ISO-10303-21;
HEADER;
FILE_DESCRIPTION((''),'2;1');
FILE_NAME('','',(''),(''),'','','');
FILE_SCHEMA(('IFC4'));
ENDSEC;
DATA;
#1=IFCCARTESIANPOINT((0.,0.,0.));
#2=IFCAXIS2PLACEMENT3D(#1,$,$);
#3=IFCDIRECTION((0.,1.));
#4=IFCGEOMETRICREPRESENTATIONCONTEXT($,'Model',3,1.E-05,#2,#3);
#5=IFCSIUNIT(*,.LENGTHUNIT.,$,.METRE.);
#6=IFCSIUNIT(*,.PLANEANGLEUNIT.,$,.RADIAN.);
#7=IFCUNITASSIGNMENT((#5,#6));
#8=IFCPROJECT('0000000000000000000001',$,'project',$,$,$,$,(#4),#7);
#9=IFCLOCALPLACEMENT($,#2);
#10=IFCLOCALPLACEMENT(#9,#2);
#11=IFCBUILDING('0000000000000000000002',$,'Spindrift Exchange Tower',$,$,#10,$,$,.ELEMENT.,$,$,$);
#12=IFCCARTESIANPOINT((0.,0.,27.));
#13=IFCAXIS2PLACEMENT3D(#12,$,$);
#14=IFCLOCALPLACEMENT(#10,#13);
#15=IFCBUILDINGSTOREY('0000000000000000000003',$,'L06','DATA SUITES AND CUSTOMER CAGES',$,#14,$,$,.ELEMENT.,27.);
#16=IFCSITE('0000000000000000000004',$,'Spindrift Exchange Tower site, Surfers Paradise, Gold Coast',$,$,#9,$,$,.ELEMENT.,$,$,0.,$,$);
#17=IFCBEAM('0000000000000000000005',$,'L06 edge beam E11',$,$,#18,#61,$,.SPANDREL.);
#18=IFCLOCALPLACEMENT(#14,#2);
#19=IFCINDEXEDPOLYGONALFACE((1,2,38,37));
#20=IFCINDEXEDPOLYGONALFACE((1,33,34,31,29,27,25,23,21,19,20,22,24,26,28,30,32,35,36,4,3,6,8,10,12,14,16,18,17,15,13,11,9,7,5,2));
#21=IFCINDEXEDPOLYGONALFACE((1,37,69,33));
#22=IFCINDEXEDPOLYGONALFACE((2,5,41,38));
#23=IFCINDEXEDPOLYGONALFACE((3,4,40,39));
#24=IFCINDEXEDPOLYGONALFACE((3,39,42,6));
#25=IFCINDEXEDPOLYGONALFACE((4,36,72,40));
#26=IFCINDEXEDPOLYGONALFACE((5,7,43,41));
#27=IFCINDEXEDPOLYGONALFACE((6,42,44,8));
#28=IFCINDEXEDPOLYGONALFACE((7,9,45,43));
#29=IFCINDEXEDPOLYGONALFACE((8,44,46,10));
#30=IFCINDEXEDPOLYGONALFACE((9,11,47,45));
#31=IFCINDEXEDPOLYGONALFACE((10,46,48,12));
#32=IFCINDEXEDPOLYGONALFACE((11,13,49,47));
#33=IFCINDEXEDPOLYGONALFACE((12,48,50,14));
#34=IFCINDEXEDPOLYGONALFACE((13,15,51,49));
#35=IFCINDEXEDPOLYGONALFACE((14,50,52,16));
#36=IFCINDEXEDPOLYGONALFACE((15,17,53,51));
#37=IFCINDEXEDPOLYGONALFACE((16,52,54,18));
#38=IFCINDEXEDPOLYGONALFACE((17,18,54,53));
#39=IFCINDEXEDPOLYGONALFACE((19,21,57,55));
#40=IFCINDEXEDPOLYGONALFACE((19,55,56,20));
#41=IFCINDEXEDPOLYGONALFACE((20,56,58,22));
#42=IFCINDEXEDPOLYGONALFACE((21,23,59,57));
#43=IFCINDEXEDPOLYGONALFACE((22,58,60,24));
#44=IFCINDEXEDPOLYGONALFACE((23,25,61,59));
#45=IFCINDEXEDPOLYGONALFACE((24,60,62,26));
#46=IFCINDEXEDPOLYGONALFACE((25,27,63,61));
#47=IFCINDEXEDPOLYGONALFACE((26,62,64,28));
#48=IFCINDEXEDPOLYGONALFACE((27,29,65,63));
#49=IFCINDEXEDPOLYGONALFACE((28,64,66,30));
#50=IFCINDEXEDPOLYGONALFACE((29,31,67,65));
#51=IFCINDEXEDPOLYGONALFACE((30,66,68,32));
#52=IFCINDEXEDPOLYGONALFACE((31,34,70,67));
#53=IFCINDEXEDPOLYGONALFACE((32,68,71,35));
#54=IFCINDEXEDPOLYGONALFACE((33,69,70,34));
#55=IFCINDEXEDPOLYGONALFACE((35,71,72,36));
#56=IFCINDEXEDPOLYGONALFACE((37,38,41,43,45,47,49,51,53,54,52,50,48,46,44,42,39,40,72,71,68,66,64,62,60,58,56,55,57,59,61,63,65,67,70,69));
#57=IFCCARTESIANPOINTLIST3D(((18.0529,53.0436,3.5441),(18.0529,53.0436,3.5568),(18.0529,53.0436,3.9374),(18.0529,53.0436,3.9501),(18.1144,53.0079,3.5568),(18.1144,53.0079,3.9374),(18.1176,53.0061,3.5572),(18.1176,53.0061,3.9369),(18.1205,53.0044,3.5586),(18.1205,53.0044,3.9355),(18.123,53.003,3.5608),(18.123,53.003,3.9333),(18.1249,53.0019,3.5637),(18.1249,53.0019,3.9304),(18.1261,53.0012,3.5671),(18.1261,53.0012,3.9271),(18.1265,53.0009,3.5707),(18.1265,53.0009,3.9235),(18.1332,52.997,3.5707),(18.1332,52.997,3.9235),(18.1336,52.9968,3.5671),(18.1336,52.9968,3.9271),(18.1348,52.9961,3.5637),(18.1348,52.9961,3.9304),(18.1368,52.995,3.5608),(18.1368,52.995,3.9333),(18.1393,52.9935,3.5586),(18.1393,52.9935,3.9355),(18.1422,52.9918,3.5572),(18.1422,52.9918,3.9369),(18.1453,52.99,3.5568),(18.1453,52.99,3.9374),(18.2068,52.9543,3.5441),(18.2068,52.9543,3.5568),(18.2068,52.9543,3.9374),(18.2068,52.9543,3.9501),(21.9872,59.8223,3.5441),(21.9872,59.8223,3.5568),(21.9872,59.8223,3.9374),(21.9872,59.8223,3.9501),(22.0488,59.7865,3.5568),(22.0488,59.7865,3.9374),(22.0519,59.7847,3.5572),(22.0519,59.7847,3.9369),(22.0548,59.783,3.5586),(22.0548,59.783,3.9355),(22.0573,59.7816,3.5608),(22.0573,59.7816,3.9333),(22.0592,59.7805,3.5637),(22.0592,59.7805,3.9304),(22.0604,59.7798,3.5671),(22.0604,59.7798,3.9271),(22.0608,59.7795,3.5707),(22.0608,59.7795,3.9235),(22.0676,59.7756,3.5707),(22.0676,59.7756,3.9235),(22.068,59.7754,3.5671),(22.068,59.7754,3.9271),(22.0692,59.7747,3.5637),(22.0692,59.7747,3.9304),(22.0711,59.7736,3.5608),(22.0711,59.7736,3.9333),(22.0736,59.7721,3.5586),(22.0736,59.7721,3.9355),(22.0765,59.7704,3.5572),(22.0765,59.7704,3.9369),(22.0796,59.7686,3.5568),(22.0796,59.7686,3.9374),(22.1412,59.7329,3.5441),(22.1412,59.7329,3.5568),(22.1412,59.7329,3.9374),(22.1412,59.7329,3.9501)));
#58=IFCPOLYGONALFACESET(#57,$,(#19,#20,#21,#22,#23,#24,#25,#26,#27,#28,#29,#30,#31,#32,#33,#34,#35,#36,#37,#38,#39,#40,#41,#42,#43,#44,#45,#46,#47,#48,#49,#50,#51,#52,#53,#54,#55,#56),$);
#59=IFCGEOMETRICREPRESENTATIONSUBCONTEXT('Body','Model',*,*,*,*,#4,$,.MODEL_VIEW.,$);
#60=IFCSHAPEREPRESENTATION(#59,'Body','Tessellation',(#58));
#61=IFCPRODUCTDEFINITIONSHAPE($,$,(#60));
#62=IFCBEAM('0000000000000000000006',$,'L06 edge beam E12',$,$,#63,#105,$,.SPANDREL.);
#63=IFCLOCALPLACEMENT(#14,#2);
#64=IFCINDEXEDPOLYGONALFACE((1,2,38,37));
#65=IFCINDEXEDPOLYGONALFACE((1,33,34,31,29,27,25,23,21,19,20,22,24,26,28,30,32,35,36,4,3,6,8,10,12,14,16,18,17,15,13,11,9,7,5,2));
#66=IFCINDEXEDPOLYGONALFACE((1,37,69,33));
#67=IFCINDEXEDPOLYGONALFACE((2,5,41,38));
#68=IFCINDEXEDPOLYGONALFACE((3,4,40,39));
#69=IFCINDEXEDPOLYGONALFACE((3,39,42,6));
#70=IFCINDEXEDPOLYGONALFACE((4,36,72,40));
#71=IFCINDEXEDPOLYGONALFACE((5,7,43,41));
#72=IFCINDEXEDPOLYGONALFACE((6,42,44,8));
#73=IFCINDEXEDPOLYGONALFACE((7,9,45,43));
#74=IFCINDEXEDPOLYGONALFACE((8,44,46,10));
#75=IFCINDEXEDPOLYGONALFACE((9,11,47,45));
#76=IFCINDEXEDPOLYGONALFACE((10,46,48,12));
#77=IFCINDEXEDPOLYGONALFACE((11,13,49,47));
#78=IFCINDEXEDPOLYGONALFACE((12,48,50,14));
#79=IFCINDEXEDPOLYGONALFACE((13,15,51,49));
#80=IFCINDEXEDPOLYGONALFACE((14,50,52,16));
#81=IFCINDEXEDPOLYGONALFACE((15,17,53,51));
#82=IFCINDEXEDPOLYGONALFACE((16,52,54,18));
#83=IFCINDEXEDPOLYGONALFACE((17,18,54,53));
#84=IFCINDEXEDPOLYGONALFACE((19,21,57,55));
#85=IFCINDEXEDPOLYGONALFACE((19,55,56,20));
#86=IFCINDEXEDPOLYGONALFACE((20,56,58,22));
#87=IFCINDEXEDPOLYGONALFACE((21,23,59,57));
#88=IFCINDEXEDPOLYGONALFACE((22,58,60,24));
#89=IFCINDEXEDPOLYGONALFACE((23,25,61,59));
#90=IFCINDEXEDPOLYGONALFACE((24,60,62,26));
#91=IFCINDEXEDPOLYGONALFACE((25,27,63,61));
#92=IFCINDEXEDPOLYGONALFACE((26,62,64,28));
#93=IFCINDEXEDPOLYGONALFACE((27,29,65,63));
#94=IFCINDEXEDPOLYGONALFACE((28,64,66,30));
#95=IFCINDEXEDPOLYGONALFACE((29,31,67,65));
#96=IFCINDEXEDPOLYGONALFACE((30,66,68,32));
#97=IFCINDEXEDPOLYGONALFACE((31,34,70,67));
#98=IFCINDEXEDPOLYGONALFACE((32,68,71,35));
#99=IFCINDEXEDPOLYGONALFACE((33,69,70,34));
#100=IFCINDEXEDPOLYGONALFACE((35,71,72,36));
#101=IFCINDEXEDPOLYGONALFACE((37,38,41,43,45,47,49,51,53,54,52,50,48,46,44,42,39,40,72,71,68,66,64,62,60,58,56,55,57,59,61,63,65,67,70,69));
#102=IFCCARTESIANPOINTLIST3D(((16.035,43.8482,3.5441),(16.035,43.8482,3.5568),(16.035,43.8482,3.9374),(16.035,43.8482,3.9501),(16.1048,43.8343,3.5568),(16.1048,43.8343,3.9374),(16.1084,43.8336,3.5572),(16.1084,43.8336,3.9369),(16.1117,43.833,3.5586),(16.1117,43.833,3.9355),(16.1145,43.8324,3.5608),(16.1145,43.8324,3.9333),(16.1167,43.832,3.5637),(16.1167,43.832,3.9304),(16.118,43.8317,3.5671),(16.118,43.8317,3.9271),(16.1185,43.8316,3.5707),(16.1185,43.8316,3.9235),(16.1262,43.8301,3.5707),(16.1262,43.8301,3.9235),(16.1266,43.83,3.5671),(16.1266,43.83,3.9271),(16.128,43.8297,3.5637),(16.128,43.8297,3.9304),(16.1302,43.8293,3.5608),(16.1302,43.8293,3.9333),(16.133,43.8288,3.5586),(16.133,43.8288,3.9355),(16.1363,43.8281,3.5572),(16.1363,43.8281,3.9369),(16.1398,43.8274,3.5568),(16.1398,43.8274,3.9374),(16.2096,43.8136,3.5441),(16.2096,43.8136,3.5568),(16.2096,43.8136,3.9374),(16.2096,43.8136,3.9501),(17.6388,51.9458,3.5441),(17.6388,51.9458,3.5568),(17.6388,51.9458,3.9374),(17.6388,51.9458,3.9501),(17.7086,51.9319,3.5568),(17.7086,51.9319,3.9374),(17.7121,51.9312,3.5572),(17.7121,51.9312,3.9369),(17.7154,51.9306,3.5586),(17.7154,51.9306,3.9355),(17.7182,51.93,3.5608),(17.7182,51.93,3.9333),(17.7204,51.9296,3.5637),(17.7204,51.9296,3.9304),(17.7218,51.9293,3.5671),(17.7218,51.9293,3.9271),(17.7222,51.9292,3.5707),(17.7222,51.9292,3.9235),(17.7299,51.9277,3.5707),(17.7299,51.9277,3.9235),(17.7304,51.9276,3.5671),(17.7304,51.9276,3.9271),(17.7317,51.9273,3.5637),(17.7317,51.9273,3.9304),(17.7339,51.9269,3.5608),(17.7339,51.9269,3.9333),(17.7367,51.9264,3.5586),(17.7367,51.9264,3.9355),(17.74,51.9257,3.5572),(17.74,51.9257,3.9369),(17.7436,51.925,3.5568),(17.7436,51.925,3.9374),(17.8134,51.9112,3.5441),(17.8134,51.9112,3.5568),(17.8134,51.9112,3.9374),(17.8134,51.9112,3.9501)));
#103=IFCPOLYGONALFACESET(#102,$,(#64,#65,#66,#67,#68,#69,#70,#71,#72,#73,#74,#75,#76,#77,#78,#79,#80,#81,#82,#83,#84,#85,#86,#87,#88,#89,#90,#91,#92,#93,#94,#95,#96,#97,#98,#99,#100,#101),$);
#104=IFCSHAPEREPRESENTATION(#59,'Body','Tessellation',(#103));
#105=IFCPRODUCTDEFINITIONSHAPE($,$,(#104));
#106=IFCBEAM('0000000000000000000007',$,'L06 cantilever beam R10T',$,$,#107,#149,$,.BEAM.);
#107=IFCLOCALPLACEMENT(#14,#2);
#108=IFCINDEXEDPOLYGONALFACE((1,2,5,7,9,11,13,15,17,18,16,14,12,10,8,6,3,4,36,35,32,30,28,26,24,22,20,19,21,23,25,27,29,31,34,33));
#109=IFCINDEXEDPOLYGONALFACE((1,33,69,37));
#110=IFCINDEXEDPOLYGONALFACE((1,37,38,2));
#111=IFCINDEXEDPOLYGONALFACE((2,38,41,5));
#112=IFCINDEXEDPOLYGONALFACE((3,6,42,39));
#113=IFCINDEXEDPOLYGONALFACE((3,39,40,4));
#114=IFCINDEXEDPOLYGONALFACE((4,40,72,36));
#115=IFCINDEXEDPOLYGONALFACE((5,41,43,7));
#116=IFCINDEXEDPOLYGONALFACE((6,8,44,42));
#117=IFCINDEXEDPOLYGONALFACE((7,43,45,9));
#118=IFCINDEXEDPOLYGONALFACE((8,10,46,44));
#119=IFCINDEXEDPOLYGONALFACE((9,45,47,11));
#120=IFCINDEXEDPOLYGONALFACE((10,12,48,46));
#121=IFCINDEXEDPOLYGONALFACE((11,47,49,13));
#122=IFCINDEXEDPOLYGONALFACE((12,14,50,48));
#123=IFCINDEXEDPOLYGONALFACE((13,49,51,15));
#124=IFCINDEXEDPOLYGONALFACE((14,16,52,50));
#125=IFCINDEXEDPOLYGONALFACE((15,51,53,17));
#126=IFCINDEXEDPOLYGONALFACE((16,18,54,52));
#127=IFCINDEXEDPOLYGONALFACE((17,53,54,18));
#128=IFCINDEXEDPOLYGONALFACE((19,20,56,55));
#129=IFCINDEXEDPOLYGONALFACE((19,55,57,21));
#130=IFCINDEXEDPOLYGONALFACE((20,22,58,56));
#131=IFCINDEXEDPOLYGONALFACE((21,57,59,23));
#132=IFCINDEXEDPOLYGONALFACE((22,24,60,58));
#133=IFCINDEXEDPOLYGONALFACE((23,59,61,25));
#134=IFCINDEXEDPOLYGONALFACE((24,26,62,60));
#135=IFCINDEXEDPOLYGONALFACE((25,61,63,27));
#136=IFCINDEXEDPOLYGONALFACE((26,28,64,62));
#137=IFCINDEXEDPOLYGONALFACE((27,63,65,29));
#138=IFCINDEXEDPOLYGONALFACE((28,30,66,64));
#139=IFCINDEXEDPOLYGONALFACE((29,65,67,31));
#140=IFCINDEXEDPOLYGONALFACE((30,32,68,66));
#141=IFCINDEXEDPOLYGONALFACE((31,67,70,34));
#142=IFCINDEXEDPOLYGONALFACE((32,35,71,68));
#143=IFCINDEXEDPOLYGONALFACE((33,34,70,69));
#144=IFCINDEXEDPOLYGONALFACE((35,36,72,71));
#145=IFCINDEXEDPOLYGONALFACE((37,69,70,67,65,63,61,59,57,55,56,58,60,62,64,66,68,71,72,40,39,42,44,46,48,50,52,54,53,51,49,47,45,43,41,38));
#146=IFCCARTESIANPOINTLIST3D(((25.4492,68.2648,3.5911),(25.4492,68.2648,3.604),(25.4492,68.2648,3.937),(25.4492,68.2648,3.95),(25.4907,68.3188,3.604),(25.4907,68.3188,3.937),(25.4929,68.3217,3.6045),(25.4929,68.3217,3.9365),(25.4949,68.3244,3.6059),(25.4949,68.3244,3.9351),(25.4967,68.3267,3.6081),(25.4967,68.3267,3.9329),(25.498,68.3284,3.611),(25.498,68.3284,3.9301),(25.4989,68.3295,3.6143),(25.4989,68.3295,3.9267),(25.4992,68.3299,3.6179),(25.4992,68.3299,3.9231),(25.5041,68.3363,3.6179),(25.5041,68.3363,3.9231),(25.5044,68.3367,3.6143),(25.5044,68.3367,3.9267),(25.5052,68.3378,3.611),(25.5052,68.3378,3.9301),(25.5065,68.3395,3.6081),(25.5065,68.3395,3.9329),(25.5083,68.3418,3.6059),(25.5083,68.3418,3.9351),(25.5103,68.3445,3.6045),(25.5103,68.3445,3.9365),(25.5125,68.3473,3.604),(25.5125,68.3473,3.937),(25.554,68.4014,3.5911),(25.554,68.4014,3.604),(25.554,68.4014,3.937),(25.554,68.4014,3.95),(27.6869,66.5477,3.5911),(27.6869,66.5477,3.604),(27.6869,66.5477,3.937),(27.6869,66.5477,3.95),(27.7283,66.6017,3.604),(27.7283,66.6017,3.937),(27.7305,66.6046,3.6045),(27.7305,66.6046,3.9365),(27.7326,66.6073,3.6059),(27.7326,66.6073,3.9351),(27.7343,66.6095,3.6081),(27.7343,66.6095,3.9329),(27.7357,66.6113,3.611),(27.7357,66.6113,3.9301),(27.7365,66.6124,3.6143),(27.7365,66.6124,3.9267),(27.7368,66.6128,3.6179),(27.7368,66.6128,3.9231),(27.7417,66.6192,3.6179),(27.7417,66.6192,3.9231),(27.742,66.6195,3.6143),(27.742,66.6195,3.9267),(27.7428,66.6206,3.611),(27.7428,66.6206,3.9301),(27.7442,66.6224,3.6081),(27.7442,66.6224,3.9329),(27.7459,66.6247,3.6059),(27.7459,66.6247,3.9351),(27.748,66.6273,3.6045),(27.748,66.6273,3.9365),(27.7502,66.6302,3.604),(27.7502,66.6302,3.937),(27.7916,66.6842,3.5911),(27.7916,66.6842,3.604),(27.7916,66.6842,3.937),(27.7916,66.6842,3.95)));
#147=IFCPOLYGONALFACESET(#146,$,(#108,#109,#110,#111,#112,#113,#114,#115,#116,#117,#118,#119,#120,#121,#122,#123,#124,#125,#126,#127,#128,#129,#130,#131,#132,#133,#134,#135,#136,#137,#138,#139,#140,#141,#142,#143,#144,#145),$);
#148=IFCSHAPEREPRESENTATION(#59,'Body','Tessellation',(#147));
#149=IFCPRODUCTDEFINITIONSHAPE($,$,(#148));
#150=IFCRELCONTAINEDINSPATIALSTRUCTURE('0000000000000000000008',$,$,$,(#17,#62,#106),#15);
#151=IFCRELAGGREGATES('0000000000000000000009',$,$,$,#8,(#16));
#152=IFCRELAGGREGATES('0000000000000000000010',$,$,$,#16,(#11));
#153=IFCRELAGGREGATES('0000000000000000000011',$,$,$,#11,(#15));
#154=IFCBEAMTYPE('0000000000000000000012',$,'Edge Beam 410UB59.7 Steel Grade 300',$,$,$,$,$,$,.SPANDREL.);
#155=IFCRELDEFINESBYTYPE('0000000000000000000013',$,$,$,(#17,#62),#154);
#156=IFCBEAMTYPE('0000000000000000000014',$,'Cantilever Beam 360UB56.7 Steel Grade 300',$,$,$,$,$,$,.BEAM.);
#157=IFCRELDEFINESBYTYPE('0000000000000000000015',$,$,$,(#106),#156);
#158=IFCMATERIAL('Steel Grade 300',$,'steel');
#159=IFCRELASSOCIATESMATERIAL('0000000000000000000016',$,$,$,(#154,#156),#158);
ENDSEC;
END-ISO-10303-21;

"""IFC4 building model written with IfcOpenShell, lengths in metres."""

from ifc_helpers import new_model, si_unit, direction, frame, origin, origin_2d, place, context, subcontext, project, spatial, i_section, extrude, source, transform, mapped, material, material_profile, profile_set, type_object, element, save


model = new_model("IFC4")

# Units and contexts
model_context = context("Model", 3, precision=1e-05, world=origin(), true_north=direction((0.0, 1.0)))
body_context = subcontext(model_context, "Body", "Model", "MODEL_VIEW")
ifc_project = project(units=[si_unit("LENGTHUNIT", "METRE"), si_unit("PLANEANGLEUNIT", "RADIAN")], contexts=[model_context])

# Site, building, storey
site_placement = place(None, origin())
site = spatial("IfcSite", under=ifc_project, at=site_placement, Name="Spindrift Exchange Tower site, Surfers Paradise, Gold Coast", CompositionType="ELEMENT", RefElevation=0.0)
building_placement = place(site_placement, origin())
building = spatial("IfcBuilding", under=site, at=building_placement, Name="Spindrift Exchange Tower", CompositionType="ELEMENT")
storey_placement = place(building_placement, frame((0.0, 0.0, 27.0)))
storey = spatial("IfcBuildingStorey", under=building, at=storey_placement, Name="L06", Description="DATA SUITES AND CUSTOMER CAGES", CompositionType="ELEMENT", Elevation=27.0)

# Beams
ifc_material_1 = material(Name="Steel Grade 300", Category="steel")
ifc_material_profile_1 = material_profile(ifc_material_1, i_section(OverallWidth=0.178, OverallDepth=0.406, WebThickness=0.0078, FlangeThickness=0.0127, FilletRadius=0.0139, at=origin_2d()), Name="410UB59.7")
ifc_profile_set_1 = profile_set([ifc_material_profile_1], Name="Steel Grade 300")
beam_type_1 = type_object("IfcBeamType", Name="Edge Beam 410UB59.7 Steel Grade 300", PredefinedType="SPANDREL", material=ifc_profile_set_1)
shared_shape_1 = source(origin(), body_context, "Body", "SweptSolid", [
    extrude(i_section(OverallWidth=0.178, OverallDepth=0.406, WebThickness=0.0078, FlangeThickness=0.0127, FilletRadius=0.0139, at=origin_2d()), origin(), (0.0, 0.0, 1.0), 7.8376),
])
beam_1_placement = place(storey_placement, frame((22.0642, 59.7776, 3.7471), z_axis=(-0.501981, -0.864878, 0.0), x_axis=(0.864878, -0.501981, 0.0)))
element("IfcBeam", 1, at=beam_1_placement, inside=storey, type_object=beam_type_1, Name="L06 edge beam E11", PredefinedType="SPANDREL", context=body_context, shape_type="MappedRepresentation", body=[
    mapped(shared_shape_1, transform((0.0, 0.0, 0.0), scale=1.0)),
])
shared_shape_2 = source(origin(), body_context, "Body", "SweptSolid", [
    extrude(i_section(OverallWidth=0.178, OverallDepth=0.406, WebThickness=0.0078, FlangeThickness=0.0127, FilletRadius=0.0139, at=origin_2d()), origin(), (0.0, 0.0, 1.0), 8.2549),
])
beam_2_placement = place(storey_placement, frame((17.7261, 51.9285, 3.7471), z_axis=(-0.194279, -0.980946, 0.0), x_axis=(0.980946, -0.194279, 0.0)))
element("IfcBeam", 2, at=beam_2_placement, inside=storey, type_object=beam_type_1, Name="L06 edge beam E12", PredefinedType="SPANDREL", context=body_context, shape_type="MappedRepresentation", body=[
    mapped(shared_shape_2, transform((0.0, 0.0, 0.0), scale=1.0)),
])
ifc_material_profile_2 = material_profile(ifc_material_1, i_section(OverallWidth=0.1721, OverallDepth=0.3589, WebThickness=0.0081, FlangeThickness=0.0129, FilletRadius=0.0139, at=origin_2d()), Name="360UB56.7")
ifc_profile_set_2 = profile_set([ifc_material_profile_2], Name="Steel Grade 300")
beam_type_2 = type_object("IfcBeamType", Name="Cantilever Beam 360UB56.7 Steel Grade 300", PredefinedType="BEAM", material=ifc_profile_set_2)
shared_shape_3 = source(origin(), body_context, "Body", "SweptSolid", [
    extrude(i_section(OverallWidth=0.1721, OverallDepth=0.3589, WebThickness=0.0081, FlangeThickness=0.0129, FilletRadius=0.0139, at=origin_2d()), origin(), (0.0, 0.0, 1.0), 2.8206),
])
beam_3_placement = place(storey_placement, frame((27.7393, 66.616, 3.7705), z_axis=(-0.793335, 0.608786, 0.0), x_axis=(-0.608786, -0.793335, 0.0)))
element("IfcBeam", 3, at=beam_3_placement, inside=storey, type_object=beam_type_2, Name="L06 cantilever beam R10T", PredefinedType="BEAM", context=body_context, shape_type="MappedRepresentation", body=[
    mapped(shared_shape_3, transform((0.0, 0.0, 0.0), scale=1.0)),
])

save(model, "model.ifc")
